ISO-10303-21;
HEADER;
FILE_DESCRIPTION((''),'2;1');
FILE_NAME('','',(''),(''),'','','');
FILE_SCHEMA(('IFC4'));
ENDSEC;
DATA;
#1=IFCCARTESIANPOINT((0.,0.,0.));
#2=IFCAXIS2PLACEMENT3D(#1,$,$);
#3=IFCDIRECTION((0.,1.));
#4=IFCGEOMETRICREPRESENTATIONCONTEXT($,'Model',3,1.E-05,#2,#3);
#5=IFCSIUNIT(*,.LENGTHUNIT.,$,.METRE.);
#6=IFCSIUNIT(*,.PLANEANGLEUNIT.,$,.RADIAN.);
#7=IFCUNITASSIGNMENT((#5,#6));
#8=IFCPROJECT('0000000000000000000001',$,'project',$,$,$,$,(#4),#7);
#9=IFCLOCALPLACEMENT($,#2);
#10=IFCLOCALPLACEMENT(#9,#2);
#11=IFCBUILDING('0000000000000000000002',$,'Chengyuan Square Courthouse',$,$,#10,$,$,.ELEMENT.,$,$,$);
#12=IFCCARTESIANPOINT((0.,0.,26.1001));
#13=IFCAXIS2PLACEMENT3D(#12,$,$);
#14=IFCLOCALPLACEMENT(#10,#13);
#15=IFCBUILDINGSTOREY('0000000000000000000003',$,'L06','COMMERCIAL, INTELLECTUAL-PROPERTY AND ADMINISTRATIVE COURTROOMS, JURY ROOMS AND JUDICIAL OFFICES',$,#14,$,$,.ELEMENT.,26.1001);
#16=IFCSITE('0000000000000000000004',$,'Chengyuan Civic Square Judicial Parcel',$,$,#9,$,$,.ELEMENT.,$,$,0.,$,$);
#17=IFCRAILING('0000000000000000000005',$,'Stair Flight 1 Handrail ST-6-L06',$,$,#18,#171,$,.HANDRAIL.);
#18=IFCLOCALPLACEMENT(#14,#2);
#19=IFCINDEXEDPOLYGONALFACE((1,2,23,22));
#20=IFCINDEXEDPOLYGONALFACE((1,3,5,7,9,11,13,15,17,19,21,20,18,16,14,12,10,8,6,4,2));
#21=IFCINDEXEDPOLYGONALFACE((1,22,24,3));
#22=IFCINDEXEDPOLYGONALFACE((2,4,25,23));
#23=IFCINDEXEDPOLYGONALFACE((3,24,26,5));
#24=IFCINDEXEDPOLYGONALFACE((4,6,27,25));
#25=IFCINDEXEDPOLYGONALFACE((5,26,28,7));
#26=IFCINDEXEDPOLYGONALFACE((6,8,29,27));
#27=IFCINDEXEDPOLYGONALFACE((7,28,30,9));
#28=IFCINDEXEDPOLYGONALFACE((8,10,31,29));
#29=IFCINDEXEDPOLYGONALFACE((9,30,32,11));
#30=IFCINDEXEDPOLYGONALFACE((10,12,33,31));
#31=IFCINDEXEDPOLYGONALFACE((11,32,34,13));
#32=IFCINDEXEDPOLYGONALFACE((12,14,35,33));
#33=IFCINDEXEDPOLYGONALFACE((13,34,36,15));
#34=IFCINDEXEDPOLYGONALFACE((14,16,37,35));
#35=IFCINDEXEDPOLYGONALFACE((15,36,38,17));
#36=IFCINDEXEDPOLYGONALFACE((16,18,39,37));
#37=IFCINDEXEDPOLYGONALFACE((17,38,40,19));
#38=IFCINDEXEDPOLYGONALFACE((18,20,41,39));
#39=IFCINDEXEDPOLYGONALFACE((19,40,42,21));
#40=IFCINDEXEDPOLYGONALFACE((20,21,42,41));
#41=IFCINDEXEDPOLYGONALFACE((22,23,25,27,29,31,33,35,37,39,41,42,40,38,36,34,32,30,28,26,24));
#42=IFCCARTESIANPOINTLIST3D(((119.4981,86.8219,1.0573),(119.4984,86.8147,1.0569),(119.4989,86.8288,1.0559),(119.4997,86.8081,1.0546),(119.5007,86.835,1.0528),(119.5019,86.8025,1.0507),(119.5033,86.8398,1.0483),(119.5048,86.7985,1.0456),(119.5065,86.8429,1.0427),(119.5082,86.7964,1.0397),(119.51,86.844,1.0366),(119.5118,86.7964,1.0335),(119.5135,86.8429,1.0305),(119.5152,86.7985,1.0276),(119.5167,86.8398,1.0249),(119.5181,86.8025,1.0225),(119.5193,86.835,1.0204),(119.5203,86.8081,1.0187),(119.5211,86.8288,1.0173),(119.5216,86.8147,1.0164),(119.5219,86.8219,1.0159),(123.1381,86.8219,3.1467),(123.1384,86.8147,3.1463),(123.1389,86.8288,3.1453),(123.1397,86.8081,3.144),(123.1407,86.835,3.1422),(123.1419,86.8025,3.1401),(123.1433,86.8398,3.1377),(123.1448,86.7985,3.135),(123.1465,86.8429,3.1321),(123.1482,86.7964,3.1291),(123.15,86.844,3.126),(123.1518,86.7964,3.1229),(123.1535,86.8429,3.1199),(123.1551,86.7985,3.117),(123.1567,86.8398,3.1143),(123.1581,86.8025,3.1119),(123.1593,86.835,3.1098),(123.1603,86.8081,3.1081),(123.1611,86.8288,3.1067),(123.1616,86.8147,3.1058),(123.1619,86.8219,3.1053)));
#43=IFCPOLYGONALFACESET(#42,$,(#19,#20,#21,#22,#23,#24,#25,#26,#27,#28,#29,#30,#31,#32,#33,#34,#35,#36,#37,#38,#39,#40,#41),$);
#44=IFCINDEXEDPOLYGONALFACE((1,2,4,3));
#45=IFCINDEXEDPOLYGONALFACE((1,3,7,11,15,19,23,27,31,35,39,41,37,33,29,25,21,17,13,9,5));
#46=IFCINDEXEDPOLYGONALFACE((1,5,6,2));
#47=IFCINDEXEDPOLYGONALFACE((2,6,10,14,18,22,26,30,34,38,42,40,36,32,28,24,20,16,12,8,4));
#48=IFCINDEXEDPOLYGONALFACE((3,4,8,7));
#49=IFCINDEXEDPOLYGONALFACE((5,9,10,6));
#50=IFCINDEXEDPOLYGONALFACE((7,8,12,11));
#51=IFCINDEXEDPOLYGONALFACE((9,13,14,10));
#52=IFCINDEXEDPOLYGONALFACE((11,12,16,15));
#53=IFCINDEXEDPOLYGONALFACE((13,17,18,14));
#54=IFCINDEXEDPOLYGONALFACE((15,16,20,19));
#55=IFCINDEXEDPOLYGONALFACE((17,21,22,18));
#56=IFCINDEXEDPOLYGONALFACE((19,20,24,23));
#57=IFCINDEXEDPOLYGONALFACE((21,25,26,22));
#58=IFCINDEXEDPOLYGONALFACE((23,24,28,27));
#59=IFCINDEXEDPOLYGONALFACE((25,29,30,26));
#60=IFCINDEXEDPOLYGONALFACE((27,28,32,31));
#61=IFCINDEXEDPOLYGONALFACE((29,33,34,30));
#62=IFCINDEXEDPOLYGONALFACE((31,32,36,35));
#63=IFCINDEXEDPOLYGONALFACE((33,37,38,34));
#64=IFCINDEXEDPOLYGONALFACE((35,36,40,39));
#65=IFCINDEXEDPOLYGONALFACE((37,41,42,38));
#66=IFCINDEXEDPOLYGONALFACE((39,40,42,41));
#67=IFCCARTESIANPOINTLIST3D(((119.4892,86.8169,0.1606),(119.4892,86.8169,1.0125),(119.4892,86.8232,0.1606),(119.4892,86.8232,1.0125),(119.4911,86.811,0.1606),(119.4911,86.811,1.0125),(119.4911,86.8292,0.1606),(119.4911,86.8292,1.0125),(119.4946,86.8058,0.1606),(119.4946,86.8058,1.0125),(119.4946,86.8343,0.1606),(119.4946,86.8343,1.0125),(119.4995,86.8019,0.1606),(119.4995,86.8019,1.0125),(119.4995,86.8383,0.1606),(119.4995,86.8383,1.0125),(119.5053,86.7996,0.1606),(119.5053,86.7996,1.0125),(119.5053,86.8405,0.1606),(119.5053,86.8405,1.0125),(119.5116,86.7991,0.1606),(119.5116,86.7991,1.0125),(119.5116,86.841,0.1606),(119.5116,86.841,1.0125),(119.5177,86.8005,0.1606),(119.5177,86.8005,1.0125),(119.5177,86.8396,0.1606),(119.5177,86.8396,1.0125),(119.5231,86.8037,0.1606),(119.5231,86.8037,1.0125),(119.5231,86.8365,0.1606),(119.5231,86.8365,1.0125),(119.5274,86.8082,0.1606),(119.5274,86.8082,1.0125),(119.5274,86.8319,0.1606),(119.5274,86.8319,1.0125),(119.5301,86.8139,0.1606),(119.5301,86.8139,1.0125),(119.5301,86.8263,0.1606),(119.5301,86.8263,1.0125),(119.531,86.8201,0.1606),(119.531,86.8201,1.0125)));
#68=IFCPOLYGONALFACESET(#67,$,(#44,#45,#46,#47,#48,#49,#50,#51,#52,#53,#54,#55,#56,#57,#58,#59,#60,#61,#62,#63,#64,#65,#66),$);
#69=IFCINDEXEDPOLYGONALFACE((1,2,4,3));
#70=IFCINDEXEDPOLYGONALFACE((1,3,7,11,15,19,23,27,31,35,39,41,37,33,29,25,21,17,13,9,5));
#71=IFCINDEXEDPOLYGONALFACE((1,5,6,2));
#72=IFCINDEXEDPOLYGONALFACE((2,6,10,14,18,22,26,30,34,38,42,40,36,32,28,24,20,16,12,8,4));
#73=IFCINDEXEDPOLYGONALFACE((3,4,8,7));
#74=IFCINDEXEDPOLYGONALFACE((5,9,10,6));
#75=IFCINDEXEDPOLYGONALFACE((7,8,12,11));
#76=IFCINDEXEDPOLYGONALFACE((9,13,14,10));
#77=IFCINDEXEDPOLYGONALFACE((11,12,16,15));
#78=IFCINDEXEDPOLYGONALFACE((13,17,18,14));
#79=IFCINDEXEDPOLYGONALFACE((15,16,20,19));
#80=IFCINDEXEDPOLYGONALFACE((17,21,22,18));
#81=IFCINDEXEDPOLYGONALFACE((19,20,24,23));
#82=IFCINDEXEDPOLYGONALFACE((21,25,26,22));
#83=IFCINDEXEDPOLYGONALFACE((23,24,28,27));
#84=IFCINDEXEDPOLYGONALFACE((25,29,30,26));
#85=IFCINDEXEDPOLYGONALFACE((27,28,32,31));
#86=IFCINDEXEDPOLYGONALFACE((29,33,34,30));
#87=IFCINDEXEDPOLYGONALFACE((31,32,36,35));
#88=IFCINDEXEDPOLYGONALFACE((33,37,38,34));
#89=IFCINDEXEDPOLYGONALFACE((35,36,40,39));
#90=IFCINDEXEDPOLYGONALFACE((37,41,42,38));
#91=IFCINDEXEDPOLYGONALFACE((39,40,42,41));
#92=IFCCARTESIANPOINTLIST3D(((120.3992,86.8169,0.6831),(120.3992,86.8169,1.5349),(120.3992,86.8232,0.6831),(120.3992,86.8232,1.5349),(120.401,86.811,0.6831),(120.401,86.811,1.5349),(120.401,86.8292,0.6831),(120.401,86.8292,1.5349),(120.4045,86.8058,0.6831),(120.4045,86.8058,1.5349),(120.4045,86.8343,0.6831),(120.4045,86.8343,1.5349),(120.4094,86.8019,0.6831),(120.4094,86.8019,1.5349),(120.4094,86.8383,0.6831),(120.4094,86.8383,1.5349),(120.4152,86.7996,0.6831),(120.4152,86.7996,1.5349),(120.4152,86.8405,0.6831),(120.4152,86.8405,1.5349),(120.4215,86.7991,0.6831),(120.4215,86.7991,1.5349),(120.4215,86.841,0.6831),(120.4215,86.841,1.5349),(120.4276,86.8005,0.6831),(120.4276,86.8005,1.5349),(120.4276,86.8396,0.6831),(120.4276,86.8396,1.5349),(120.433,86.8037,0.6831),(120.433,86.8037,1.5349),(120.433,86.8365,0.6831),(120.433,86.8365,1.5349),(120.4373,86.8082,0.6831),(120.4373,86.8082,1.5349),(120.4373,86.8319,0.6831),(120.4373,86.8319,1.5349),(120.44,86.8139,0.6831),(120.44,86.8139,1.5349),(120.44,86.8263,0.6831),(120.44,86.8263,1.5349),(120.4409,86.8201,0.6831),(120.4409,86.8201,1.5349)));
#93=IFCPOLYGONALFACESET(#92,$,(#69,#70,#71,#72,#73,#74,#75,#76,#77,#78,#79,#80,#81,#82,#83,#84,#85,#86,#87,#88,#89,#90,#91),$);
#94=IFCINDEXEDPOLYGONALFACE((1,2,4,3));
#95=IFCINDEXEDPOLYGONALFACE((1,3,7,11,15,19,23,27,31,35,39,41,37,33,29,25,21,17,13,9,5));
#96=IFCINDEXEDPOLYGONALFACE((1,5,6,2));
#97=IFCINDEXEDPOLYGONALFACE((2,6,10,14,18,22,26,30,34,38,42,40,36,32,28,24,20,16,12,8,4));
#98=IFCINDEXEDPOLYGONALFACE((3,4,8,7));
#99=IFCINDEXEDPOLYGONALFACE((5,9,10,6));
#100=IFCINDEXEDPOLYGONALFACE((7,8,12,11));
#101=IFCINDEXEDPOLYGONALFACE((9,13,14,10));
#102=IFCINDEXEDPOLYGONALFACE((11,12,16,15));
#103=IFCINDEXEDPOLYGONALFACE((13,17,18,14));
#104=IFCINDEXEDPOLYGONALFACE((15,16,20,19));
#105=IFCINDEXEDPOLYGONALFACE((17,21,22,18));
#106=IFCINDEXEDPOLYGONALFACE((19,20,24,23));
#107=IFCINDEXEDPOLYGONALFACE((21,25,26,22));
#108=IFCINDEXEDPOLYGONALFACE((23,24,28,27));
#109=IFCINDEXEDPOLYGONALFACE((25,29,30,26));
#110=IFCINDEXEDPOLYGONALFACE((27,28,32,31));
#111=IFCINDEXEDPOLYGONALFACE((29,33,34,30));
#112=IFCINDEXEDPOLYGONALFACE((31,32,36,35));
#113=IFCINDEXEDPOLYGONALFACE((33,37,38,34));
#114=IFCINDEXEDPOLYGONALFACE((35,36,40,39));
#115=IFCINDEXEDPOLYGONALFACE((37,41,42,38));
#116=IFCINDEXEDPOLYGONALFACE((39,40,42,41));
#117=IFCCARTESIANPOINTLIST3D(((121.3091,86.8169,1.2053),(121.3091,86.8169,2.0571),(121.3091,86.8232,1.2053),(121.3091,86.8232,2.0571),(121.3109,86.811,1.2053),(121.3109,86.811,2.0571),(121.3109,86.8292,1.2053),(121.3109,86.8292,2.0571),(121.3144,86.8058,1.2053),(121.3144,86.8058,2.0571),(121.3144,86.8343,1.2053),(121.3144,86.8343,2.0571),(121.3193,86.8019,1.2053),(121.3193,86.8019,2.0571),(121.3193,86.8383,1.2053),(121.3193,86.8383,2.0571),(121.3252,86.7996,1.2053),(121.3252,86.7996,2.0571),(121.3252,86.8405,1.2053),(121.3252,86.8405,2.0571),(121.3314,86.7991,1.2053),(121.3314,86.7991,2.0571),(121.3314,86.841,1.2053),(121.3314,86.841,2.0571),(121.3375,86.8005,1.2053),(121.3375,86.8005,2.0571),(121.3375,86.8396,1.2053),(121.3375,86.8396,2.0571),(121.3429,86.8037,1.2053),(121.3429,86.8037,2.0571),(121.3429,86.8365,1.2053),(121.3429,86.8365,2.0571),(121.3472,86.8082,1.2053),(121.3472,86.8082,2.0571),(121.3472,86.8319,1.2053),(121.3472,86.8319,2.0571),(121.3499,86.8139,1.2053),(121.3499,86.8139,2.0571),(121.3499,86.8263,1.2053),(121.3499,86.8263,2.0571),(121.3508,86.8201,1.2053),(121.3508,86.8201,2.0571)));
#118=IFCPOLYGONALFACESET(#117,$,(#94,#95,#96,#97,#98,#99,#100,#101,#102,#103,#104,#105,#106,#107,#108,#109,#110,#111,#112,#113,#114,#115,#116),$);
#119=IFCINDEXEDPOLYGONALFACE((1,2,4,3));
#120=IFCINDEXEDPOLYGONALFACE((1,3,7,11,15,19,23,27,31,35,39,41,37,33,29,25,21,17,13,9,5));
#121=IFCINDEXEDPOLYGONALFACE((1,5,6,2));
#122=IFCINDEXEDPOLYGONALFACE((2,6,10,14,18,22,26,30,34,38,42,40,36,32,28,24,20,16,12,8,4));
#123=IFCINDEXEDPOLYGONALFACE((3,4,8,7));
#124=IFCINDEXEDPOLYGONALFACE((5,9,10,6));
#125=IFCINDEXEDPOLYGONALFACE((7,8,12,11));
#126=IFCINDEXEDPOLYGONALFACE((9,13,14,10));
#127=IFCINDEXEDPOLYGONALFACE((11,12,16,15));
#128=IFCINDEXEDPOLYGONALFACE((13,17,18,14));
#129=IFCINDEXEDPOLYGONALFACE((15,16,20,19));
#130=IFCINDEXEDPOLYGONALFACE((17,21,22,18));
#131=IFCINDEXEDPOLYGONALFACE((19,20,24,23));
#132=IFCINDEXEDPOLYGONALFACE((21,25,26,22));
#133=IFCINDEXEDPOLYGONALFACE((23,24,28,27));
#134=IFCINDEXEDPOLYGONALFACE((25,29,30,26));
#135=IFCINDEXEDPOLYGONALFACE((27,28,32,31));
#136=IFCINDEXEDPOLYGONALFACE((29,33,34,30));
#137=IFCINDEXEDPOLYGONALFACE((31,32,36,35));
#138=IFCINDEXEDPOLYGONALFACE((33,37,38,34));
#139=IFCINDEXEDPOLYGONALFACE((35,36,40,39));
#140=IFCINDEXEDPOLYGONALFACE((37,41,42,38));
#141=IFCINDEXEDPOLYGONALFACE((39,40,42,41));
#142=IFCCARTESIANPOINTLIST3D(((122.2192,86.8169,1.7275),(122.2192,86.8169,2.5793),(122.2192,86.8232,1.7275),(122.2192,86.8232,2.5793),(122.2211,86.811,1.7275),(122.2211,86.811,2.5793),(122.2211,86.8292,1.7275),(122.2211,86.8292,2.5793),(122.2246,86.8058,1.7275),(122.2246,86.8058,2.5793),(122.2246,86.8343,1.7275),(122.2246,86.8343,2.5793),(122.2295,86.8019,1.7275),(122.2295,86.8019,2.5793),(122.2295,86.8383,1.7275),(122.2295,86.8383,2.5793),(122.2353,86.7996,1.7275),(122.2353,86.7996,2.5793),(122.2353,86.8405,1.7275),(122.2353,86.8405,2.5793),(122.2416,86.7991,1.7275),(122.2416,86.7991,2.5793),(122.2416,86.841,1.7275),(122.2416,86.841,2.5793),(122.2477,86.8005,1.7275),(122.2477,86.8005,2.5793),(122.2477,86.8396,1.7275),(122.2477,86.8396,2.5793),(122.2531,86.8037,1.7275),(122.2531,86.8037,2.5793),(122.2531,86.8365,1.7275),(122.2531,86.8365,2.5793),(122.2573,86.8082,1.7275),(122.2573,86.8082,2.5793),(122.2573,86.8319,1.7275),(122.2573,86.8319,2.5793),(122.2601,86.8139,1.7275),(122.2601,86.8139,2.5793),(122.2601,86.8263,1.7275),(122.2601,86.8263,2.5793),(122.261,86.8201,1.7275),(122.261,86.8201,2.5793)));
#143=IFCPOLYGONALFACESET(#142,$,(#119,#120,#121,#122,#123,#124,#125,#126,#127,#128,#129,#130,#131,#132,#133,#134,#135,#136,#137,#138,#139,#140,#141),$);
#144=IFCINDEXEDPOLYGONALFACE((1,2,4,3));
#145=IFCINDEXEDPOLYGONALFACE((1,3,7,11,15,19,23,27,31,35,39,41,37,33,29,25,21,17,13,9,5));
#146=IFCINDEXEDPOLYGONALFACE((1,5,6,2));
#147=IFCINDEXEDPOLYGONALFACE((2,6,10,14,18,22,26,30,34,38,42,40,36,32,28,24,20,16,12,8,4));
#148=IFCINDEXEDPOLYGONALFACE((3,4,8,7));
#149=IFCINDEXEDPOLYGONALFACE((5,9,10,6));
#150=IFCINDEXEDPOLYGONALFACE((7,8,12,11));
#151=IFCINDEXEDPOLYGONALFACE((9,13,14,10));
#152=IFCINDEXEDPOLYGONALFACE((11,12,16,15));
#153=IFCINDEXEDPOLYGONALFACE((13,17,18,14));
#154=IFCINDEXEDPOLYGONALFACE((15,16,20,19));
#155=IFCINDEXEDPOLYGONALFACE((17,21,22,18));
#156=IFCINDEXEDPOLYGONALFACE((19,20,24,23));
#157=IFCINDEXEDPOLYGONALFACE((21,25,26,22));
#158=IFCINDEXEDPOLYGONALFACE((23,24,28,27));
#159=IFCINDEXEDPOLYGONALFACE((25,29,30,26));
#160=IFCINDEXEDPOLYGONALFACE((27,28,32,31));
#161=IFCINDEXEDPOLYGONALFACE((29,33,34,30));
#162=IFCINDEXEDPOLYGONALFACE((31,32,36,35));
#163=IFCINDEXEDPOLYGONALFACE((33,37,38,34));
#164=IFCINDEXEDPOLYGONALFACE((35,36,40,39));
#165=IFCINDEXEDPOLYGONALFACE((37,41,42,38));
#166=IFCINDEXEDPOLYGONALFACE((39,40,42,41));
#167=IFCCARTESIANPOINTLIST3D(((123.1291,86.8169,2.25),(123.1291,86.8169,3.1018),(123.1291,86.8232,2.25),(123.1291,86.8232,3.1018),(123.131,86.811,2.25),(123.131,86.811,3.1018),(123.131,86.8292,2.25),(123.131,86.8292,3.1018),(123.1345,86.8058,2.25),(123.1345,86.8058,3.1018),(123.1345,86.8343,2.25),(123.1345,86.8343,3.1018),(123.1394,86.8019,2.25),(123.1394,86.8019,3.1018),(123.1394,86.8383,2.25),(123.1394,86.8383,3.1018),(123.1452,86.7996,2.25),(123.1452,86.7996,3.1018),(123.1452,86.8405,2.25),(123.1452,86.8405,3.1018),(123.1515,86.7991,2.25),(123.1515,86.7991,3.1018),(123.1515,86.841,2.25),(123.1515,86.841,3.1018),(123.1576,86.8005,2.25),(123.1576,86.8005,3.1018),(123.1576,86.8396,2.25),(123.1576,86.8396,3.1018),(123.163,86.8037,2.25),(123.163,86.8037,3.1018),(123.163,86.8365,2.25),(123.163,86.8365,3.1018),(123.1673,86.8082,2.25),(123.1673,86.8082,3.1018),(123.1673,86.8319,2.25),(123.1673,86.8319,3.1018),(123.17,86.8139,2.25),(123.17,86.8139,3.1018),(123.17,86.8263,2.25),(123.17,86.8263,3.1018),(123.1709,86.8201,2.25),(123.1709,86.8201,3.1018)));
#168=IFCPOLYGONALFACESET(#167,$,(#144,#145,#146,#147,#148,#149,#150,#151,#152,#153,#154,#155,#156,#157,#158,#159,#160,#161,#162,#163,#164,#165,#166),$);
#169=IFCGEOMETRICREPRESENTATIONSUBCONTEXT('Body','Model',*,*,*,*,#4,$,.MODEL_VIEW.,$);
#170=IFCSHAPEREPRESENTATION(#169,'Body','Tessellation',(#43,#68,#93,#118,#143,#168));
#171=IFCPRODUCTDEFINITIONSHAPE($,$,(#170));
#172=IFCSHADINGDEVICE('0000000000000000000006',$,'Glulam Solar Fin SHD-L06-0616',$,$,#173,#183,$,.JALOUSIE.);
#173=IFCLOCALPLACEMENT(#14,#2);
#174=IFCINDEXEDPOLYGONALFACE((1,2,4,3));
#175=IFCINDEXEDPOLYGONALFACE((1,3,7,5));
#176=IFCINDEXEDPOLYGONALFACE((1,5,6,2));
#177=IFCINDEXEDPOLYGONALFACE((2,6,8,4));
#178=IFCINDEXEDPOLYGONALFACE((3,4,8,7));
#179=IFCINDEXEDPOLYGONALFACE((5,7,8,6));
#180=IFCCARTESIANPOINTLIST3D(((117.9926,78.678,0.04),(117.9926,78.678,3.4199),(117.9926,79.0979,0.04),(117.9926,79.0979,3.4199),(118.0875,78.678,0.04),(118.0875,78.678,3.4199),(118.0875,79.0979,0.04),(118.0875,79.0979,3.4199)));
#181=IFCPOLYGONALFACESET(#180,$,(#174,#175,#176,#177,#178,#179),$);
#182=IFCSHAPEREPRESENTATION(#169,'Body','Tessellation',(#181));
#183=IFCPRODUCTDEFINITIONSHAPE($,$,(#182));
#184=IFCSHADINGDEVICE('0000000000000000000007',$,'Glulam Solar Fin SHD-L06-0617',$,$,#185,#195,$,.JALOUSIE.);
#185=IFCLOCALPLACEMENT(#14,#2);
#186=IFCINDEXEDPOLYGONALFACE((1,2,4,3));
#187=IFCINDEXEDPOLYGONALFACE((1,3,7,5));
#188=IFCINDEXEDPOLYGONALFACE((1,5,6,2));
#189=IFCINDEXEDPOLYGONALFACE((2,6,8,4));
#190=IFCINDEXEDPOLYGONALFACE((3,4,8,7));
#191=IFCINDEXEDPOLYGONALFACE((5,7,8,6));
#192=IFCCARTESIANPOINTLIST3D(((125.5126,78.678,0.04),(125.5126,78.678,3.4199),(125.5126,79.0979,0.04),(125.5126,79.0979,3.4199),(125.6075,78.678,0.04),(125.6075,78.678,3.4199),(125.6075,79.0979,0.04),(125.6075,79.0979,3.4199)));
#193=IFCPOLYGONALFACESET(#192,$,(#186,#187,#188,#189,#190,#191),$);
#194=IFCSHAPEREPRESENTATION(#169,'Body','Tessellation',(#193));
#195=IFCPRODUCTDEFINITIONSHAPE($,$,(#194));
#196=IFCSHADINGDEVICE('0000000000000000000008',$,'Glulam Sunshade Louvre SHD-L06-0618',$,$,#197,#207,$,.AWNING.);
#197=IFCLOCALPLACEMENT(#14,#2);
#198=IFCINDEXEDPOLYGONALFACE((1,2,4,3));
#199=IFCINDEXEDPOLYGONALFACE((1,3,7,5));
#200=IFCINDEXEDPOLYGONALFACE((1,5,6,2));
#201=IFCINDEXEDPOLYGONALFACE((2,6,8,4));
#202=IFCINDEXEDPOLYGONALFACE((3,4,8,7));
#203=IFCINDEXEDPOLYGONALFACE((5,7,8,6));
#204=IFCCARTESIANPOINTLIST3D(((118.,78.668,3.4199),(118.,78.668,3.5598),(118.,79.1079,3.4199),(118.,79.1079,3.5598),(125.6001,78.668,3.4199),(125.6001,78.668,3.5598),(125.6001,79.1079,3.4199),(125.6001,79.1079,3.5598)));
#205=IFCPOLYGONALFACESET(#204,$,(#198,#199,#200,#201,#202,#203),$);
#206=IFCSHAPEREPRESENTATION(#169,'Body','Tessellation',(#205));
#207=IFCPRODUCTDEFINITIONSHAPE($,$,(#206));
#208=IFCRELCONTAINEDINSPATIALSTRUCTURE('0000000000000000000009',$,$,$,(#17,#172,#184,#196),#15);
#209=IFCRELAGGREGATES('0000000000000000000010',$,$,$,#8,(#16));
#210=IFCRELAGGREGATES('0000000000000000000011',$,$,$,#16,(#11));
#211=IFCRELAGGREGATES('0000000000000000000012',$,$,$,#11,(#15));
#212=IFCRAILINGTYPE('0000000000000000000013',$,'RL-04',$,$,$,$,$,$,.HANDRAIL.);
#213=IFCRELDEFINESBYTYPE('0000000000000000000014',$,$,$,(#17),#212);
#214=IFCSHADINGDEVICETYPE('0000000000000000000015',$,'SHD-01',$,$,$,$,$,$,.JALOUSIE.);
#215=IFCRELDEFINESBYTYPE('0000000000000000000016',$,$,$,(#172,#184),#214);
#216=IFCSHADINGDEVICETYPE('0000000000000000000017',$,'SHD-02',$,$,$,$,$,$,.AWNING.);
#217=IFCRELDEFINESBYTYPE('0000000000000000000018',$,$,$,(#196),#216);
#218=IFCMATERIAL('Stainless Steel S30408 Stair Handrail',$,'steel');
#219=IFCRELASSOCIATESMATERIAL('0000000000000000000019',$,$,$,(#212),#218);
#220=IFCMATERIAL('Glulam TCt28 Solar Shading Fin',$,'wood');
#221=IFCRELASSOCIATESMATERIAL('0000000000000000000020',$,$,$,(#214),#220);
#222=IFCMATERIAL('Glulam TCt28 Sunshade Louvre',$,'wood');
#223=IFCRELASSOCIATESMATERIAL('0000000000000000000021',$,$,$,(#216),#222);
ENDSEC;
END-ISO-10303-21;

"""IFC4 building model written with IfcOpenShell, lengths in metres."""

from ifc_helpers import new_model, si_unit, direction, frame, origin, origin_2d, place, context, subcontext, project, spatial, rectangle, circle, extrude, material, type_object, element, save


model = new_model("IFC4")

# Units and contexts
model_context = context("Model", 3, precision=1e-05, world=origin(), true_north=direction((0.0, 1.0)))
body_context = subcontext(model_context, "Body", "Model", "MODEL_VIEW")
ifc_project = project(units=[si_unit("LENGTHUNIT", "METRE"), si_unit("PLANEANGLEUNIT", "RADIAN")], contexts=[model_context])

# Site, building, storey
site_placement = place(None, origin())
site = spatial("IfcSite", under=ifc_project, at=site_placement, Name="Chengyuan Civic Square Judicial Parcel", CompositionType="ELEMENT", RefElevation=0.0)
building_placement = place(site_placement, origin())
building = spatial("IfcBuilding", under=site, at=building_placement, Name="Chengyuan Square Courthouse", CompositionType="ELEMENT")
storey_placement = place(building_placement, frame((0.0, 0.0, 26.1001)))
storey = spatial("IfcBuildingStorey", under=building, at=storey_placement, Name="L06", Description="COMMERCIAL, INTELLECTUAL-PROPERTY AND ADMINISTRATIVE COURTROOMS, JURY ROOMS AND JUDICIAL OFFICES", CompositionType="ELEMENT", Elevation=26.1001)

# Railing
ifc_material_1 = material(Name="Stainless Steel S30408 Stair Handrail", Category="steel")
railing_type_1 = type_object("IfcRailingType", Name="RL-04", PredefinedType="HANDRAIL", material=ifc_material_1)
railing_1_placement = place(storey_placement, frame((119.51, 86.8201, 0.1606)))
element("IfcRailing", 1, at=railing_1_placement, inside=storey, type_object=railing_type_1, Name="Stair Flight 1 Handrail ST-6-L06", PredefinedType="HANDRAIL", context=body_context, shape_type="SweptSolid", body=[
    extrude(circle(Radius=0.0239, at=origin_2d()), frame((0.0, 0.0, 0.876), z_axis=(0.867275, 0.0, 0.497829), x_axis=(0.0, 1.0, 0.0)), (0.0, 0.0, 1.0), 4.197),
    extrude(circle(Radius=0.021, at=origin_2d()), origin(), (0.0, 0.0, 1.0), 0.8518),
    extrude(circle(Radius=0.021, at=origin_2d()), frame((0.9099, 0.0, 0.5225)), (0.0, 0.0, 1.0), 0.8518),
    extrude(circle(Radius=0.021, at=origin_2d()), frame((1.8198, 0.0, 1.0447)), (0.0, 0.0, 1.0), 0.8518),
    extrude(circle(Radius=0.021, at=origin_2d()), frame((2.73, 0.0, 1.5669)), (0.0, 0.0, 1.0), 0.8518),
    extrude(circle(Radius=0.021, at=origin_2d()), frame((3.6399, 0.0, 2.0894)), (0.0, 0.0, 1.0), 0.8518),
])

# Shading devices
ifc_material_2 = material(Name="Glulam TCt28 Solar Shading Fin", Category="wood")
shading_device_type_1 = type_object("IfcShadingDeviceType", Name="SHD-01", PredefinedType="JALOUSIE", material=ifc_material_2)
for number, where, z_axis, x_axis, name in (
    (2, (118.04, 78.8879, 0.04), (0.0, 0.0, 1.0), (0.0, 1.0, 0.0), "Glulam Solar Fin SHD-L06-0616"),
    (3, (125.5601, 78.8879, 0.04), (0.0, 0.0, 1.0), (0.0, 1.0, 0.0), "Glulam Solar Fin SHD-L06-0617"),
):
    element("IfcShadingDevice", number, at=place(storey_placement, frame(where, z_axis=z_axis, x_axis=x_axis)), inside=storey, type_object=shading_device_type_1, Name=name, PredefinedType="JALOUSIE", context=body_context, shape_type="SweptSolid", body=[
        extrude(rectangle(XDim=0.4199, YDim=0.095, at=origin_2d()), origin(), (0.0, 0.0, 1.0), 3.3799),
    ])
ifc_material_3 = material(Name="Glulam TCt28 Sunshade Louvre", Category="wood")
shading_device_type_2 = type_object("IfcShadingDeviceType", Name="SHD-02", PredefinedType="AWNING", material=ifc_material_3)
shading_device_placement = place(storey_placement, frame((121.8, 78.8879, 3.4199), z_axis=(0.0, 0.0, 1.0), x_axis=(1.0, 0.0, 0.0)))
element("IfcShadingDevice", 4, at=shading_device_placement, inside=storey, type_object=shading_device_type_2, Name="Glulam Sunshade Louvre SHD-L06-0618", PredefinedType="AWNING", context=body_context, shape_type="SweptSolid", body=[
    extrude(rectangle(XDim=7.6001, YDim=0.4399, at=origin_2d()), origin(), (0.0, 0.0, 1.0), 0.1399),
])

save(model, "model.ifc")
